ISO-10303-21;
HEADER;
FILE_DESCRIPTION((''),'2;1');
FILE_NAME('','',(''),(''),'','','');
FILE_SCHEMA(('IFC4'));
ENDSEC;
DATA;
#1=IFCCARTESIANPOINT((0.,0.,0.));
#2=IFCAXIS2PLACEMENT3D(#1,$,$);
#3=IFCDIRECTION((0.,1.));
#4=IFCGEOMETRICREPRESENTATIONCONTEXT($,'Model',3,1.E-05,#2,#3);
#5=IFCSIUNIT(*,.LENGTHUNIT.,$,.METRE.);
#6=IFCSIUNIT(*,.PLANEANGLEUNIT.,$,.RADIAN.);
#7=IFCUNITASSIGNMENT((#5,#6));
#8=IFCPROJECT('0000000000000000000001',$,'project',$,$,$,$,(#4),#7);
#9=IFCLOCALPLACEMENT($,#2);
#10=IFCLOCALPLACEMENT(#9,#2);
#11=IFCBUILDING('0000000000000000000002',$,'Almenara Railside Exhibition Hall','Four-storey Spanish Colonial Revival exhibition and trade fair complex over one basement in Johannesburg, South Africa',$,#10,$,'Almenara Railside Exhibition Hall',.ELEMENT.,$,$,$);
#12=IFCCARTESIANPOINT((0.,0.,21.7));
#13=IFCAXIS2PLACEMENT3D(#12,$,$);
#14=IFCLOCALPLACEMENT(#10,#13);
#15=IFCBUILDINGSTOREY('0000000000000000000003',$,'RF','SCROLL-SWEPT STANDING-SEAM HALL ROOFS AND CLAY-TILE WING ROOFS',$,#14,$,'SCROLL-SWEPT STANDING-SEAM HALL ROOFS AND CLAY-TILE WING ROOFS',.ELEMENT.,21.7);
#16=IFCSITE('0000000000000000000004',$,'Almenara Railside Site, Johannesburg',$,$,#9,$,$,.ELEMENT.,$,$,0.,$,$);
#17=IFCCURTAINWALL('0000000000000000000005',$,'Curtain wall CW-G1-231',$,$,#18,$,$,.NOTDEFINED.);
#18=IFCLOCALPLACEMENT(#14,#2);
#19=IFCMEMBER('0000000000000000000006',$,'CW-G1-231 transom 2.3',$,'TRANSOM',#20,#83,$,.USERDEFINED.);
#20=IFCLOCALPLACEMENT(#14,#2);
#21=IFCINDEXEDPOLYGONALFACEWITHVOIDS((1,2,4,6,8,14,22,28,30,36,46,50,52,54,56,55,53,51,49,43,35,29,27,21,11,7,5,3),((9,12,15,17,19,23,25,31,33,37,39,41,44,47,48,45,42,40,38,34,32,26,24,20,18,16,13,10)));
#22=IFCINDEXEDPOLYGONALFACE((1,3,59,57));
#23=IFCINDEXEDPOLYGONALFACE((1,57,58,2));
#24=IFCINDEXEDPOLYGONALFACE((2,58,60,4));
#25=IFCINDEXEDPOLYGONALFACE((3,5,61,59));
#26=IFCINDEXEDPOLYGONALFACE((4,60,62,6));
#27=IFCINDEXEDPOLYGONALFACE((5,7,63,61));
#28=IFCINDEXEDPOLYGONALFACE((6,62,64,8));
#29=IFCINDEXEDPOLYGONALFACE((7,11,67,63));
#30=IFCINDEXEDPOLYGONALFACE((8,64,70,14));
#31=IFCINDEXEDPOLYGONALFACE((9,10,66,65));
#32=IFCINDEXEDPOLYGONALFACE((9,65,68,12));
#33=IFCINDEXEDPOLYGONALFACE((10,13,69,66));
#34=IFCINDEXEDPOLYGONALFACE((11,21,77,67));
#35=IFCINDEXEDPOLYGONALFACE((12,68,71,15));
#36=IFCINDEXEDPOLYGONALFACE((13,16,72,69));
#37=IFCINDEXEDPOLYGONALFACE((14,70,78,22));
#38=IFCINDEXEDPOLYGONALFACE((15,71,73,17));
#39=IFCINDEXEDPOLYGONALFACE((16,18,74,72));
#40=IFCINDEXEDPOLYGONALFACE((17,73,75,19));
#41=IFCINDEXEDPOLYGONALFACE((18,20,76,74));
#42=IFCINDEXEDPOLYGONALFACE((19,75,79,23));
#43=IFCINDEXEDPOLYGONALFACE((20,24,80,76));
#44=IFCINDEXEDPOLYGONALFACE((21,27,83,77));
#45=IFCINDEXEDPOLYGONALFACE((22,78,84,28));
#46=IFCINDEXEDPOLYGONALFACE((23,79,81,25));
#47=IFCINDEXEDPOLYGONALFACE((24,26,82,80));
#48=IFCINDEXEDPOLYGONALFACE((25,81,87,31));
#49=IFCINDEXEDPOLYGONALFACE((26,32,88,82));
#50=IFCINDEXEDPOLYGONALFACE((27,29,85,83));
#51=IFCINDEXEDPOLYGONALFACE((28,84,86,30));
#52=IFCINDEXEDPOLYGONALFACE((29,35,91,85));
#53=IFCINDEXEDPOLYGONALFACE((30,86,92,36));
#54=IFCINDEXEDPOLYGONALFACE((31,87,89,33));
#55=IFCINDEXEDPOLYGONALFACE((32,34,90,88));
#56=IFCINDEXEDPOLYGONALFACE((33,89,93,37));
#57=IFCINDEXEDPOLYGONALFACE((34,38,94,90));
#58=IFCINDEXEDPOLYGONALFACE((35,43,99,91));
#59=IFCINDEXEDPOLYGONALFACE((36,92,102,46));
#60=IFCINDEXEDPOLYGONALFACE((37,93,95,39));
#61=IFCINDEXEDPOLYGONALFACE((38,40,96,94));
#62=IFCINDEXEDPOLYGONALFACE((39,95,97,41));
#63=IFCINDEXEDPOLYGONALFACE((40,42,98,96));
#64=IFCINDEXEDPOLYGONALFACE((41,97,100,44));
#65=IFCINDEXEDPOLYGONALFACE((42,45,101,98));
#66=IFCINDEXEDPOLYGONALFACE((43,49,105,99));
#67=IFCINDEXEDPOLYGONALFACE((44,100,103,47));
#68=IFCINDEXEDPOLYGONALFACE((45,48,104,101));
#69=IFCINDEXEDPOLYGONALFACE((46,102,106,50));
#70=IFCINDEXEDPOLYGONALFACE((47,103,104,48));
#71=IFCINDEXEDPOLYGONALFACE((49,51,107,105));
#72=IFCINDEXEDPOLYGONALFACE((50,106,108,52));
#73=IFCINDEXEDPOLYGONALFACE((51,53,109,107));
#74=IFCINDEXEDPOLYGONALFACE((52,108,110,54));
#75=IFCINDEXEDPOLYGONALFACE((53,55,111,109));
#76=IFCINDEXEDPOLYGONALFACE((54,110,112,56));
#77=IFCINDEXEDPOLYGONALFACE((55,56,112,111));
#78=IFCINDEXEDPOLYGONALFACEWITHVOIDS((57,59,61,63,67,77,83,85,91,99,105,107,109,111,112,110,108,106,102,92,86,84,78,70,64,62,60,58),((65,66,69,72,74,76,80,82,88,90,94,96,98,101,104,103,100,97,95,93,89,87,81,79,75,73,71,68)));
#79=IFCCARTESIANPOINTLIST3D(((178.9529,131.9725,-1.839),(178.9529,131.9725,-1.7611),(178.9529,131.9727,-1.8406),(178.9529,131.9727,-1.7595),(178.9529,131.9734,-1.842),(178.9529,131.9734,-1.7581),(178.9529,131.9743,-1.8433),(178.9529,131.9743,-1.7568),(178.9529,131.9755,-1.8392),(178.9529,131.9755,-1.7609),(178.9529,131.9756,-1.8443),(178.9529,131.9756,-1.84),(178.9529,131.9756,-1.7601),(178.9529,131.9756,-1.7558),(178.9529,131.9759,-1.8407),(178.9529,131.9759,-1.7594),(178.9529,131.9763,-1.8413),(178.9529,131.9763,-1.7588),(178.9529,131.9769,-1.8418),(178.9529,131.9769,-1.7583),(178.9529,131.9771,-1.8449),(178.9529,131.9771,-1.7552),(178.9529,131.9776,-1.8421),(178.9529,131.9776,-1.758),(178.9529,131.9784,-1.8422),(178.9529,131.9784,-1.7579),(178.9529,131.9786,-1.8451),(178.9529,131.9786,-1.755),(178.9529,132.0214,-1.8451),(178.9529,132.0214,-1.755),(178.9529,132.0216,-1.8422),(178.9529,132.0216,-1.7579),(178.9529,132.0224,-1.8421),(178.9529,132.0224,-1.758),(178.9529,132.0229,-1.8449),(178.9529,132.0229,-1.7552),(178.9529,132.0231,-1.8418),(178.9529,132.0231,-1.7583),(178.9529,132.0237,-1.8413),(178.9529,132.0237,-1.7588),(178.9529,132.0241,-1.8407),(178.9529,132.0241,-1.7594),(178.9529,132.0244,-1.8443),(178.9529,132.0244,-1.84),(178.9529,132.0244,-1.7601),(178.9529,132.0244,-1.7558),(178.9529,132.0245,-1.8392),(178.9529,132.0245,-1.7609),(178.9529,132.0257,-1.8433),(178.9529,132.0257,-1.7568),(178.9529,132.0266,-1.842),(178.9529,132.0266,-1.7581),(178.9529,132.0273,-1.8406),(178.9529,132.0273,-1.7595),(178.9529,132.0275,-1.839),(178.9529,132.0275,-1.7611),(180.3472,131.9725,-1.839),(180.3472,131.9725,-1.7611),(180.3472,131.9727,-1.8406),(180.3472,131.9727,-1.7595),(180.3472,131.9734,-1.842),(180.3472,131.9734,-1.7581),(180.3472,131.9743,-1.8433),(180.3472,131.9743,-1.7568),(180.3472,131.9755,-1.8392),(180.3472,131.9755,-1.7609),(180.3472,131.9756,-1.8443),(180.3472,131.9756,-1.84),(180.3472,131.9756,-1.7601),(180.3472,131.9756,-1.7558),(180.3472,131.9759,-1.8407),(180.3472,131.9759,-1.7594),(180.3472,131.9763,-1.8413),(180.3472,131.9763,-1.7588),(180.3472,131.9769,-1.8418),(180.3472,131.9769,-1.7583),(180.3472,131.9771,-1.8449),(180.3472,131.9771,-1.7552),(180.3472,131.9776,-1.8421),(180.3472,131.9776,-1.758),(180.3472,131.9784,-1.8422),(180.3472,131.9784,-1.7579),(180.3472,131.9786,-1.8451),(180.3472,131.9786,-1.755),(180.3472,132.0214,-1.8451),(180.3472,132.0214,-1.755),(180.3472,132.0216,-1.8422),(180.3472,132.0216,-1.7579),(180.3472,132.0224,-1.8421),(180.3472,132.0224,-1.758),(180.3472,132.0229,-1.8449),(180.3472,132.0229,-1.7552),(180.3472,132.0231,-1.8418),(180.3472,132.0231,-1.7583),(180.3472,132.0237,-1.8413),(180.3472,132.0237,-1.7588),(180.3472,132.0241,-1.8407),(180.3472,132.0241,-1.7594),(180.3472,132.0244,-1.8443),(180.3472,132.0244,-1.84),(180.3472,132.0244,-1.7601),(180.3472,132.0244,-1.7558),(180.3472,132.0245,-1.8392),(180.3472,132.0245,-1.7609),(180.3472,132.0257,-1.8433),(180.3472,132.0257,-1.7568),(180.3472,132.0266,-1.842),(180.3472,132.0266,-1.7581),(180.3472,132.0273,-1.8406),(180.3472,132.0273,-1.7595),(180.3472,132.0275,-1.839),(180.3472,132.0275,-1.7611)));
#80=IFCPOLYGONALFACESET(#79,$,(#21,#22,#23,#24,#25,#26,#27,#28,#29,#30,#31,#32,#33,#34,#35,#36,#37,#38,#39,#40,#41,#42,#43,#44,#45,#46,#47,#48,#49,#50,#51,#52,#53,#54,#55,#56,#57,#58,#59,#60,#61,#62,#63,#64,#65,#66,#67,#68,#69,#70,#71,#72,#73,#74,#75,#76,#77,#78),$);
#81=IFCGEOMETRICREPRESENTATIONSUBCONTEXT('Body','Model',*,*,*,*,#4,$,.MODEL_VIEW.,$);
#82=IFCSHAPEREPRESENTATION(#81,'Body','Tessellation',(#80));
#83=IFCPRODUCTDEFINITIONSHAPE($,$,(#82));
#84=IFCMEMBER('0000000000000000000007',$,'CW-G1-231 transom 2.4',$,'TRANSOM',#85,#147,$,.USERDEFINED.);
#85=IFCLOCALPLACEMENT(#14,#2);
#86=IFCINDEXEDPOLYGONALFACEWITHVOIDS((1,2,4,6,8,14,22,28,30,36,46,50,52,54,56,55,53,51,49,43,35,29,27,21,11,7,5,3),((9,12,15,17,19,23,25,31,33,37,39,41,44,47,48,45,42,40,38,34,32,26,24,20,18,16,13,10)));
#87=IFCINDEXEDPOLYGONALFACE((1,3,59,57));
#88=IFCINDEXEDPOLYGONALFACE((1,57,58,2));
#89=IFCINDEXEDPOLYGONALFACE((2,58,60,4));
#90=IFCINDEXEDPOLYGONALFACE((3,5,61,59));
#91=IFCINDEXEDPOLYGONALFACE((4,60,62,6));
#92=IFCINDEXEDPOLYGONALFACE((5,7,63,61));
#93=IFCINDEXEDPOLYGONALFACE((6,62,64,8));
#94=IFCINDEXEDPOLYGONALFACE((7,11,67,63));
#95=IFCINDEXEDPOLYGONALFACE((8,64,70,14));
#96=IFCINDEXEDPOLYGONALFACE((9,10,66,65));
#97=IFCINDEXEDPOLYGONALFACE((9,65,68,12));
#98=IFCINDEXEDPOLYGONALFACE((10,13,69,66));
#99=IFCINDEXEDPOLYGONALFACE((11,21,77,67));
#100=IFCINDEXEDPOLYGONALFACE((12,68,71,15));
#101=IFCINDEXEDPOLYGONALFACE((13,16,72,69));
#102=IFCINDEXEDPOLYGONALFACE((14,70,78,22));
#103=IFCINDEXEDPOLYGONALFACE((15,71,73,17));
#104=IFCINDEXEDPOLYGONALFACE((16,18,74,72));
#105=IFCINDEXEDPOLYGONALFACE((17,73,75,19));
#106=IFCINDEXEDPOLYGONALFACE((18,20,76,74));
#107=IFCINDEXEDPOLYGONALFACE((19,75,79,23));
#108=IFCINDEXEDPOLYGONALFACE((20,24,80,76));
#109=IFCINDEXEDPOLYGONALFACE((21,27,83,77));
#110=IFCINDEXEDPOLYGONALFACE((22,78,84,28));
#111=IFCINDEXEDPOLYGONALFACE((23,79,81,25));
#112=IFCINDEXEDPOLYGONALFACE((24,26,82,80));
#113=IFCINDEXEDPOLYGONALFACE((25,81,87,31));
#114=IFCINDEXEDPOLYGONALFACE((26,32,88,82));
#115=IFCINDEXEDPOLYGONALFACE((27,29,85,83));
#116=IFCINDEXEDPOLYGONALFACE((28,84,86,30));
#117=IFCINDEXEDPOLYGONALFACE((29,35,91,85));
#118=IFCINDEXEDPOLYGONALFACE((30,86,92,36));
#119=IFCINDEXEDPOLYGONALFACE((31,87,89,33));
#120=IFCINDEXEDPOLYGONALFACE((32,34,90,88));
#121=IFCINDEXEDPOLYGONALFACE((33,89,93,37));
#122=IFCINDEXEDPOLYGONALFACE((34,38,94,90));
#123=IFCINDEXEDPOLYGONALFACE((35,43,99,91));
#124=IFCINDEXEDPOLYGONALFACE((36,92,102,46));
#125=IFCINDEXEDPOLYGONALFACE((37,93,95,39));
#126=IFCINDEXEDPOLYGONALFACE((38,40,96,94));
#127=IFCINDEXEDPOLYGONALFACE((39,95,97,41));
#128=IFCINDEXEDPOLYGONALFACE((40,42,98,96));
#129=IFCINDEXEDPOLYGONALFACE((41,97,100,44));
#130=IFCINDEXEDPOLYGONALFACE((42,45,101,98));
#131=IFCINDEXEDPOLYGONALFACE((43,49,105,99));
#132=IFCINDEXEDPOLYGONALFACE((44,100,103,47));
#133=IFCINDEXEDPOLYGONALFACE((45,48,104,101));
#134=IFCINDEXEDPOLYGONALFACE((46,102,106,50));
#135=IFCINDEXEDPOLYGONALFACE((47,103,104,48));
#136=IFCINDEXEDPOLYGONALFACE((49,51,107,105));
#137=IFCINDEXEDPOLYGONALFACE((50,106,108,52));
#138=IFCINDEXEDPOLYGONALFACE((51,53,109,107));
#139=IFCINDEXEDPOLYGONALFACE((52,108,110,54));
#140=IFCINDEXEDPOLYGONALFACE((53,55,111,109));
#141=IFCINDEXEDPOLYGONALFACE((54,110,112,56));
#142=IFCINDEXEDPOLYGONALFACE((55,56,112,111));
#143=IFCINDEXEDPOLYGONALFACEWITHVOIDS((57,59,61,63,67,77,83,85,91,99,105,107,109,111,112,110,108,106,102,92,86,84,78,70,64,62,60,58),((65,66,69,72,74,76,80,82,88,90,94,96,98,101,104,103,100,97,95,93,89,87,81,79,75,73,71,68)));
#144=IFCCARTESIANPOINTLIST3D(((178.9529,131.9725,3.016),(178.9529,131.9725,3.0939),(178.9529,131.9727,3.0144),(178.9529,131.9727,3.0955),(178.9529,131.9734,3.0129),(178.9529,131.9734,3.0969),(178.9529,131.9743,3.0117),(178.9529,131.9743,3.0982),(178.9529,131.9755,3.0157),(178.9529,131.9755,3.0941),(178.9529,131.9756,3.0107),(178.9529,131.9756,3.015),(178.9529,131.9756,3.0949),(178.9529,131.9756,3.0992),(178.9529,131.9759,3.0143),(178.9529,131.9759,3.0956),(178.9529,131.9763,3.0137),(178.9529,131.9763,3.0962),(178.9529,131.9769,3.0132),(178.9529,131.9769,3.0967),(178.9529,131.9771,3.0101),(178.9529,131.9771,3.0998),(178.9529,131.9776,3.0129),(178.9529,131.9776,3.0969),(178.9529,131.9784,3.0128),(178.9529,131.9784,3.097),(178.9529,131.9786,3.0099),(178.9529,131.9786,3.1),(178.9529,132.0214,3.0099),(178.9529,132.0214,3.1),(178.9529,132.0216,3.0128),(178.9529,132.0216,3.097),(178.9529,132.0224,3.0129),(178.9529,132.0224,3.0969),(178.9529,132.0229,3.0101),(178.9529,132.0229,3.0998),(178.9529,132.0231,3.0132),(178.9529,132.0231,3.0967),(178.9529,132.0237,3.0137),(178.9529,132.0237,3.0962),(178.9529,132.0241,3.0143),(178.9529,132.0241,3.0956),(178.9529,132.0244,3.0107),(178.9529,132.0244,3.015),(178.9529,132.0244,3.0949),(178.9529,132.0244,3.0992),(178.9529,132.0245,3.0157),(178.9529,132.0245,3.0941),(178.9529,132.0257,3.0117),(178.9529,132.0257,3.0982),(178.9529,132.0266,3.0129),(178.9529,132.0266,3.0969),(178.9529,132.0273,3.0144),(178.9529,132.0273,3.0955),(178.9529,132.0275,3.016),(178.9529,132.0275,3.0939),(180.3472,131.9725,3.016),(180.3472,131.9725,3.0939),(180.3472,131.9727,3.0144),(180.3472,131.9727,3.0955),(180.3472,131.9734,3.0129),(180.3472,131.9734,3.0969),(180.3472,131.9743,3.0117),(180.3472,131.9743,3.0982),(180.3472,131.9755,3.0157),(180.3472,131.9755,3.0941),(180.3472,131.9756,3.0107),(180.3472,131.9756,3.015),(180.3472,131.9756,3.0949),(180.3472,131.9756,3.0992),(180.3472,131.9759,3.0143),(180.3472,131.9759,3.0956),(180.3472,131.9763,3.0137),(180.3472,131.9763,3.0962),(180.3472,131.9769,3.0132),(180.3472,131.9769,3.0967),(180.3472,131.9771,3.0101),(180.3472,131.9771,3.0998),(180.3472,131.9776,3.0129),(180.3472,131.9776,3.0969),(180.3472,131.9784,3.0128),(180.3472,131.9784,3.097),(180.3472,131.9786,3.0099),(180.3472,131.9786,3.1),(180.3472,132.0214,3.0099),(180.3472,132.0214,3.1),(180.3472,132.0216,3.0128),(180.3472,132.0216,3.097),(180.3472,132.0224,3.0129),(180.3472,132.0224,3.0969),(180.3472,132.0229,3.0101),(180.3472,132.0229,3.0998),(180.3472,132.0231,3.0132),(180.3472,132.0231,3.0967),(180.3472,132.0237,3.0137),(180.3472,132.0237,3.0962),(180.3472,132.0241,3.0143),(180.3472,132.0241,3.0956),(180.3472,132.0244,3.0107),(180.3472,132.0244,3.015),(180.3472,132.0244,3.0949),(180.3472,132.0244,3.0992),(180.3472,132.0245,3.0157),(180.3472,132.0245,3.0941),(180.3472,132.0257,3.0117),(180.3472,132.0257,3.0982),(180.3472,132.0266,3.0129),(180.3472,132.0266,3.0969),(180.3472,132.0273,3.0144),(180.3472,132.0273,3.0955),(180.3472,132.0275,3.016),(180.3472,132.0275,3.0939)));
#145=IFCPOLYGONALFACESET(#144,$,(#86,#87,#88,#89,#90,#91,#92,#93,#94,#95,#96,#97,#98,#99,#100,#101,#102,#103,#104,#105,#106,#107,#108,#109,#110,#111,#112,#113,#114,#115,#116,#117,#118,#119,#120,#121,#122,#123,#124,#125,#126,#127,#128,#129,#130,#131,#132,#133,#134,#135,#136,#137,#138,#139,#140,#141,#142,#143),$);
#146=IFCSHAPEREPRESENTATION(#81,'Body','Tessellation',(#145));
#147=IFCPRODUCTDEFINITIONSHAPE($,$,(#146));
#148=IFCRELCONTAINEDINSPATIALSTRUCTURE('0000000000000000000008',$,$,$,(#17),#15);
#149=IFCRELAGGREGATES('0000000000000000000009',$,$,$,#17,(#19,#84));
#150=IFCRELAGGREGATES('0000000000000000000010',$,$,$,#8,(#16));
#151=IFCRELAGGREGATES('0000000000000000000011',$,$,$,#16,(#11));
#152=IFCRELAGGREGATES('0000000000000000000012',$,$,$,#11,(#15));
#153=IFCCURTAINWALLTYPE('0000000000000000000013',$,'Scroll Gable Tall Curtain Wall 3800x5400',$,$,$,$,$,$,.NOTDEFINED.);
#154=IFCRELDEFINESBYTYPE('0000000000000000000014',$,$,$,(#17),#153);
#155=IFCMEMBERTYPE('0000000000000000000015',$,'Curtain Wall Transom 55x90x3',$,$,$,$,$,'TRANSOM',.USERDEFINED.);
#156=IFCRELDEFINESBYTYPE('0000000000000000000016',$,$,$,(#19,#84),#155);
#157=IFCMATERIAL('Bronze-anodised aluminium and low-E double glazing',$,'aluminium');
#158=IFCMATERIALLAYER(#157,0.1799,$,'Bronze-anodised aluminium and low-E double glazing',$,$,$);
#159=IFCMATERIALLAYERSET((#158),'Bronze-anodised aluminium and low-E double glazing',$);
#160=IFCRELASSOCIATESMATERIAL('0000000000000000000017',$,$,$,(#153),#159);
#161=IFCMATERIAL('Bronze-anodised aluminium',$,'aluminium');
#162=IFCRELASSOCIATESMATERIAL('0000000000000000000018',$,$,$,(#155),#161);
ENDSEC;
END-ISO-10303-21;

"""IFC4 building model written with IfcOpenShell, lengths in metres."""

from ifc_helpers import new_model, si_unit, direction, frame, origin, origin_2d, place, context, subcontext, project, spatial, hollow_rectangle, extrude, material, layer, layer_set, material_profile, profile_set, type_object, element, aggregate, save


model = new_model("IFC4")

# Units and contexts
model_context = context("Model", 3, precision=1e-05, world=origin(), true_north=direction((0.0, 1.0)))
body_context = subcontext(model_context, "Body", "Model", "MODEL_VIEW")
ifc_project = project(units=[si_unit("LENGTHUNIT", "METRE"), si_unit("PLANEANGLEUNIT", "RADIAN")], contexts=[model_context])

# Site, building, storey
site_placement = place(None, origin())
site = spatial("IfcSite", under=ifc_project, at=site_placement, Name="Almenara Railside Site, Johannesburg", CompositionType="ELEMENT", RefElevation=0.0)
building_placement = place(site_placement, origin())
building = spatial("IfcBuilding", under=site, at=building_placement, Name="Almenara Railside Exhibition Hall", Description="Four-storey Spanish Colonial Revival exhibition and trade fair complex over one basement in Johannesburg, South Africa", LongName="Almenara Railside Exhibition Hall", CompositionType="ELEMENT")
storey_placement = place(building_placement, frame((0.0, 0.0, 21.7)))
storey = spatial("IfcBuildingStorey", under=building, at=storey_placement, Name="RF", Description="SCROLL-SWEPT STANDING-SEAM HALL ROOFS AND CLAY-TILE WING ROOFS", LongName="SCROLL-SWEPT STANDING-SEAM HALL ROOFS AND CLAY-TILE WING ROOFS", CompositionType="ELEMENT", Elevation=21.7)

# Curtain wall
ifc_material_1 = material(Name="Bronze-anodised aluminium and low-E double glazing", Category="aluminium")
ifc_layer_1 = layer(ifc_material_1, 0.1799, Name="Bronze-anodised aluminium and low-E double glazing")
ifc_layer_set_1 = layer_set([ifc_layer_1], Name="Bronze-anodised aluminium and low-E double glazing")
curtain_wall_type_1 = type_object("IfcCurtainWallType", Name="Scroll Gable Tall Curtain Wall 3800x5400", PredefinedType="NOTDEFINED", material=ifc_layer_set_1)
curtain_wall_1_placement = place(storey_placement, origin())
curtain_wall_1 = element("IfcCurtainWall", 1, at=curtain_wall_1_placement, inside=storey, type_object=curtain_wall_type_1, Name="Curtain wall CW-G1-231", PredefinedType="NOTDEFINED")
ifc_material_2 = material(Name="Bronze-anodised aluminium", Category="aluminium")

# Members
ifc_material_profile_1 = material_profile(ifc_material_2, hollow_rectangle(XDim=0.0549, YDim=0.0901, WallThickness=0.0029, InnerFilletRadius=0.0029, OuterFilletRadius=0.0061, at=origin_2d()), Name="ALU-TRN 55x90x3")
ifc_profile_set_1 = profile_set([ifc_material_profile_1], Name="Bronze-anodised aluminium")
member_type_1 = type_object("IfcMemberType", Name="Curtain Wall Transom 55x90x3", ElementType="TRANSOM", PredefinedType="USERDEFINED", material=ifc_profile_set_1)
member_1_placement = place(storey_placement, frame((178.9529, 132.0, -1.8), z_axis=(1.0, 0.0, 0.0), x_axis=(0.0, 1.0, 0.0)))
member_1 = element("IfcMember", 2, at=member_1_placement, type_object=member_type_1, Name="CW-G1-231 transom 2.3", ObjectType="TRANSOM", PredefinedType="USERDEFINED", context=body_context, shape_type="SweptSolid", body=[
    extrude(hollow_rectangle(XDim=0.0549, YDim=0.0901, WallThickness=0.0029, InnerFilletRadius=0.0029, OuterFilletRadius=0.0061, at=origin_2d()), origin(), (0.0, 0.0, 1.0), 1.3943),
])
member_2_placement = place(storey_placement, frame((178.9529, 132.0, 3.0549), z_axis=(1.0, 0.0, 0.0), x_axis=(0.0, 1.0, 0.0)))
member_2 = element("IfcMember", 3, at=member_2_placement, type_object=member_type_1, Name="CW-G1-231 transom 2.4", ObjectType="TRANSOM", PredefinedType="USERDEFINED", context=body_context, shape_type="SweptSolid", body=[
    extrude(hollow_rectangle(XDim=0.0549, YDim=0.0901, WallThickness=0.0029, InnerFilletRadius=0.0029, OuterFilletRadius=0.0061, at=origin_2d()), origin(), (0.0, 0.0, 1.0), 1.3943),
])

aggregate(curtain_wall_1, [member_1, member_2])

save(model, "model.ifc")
